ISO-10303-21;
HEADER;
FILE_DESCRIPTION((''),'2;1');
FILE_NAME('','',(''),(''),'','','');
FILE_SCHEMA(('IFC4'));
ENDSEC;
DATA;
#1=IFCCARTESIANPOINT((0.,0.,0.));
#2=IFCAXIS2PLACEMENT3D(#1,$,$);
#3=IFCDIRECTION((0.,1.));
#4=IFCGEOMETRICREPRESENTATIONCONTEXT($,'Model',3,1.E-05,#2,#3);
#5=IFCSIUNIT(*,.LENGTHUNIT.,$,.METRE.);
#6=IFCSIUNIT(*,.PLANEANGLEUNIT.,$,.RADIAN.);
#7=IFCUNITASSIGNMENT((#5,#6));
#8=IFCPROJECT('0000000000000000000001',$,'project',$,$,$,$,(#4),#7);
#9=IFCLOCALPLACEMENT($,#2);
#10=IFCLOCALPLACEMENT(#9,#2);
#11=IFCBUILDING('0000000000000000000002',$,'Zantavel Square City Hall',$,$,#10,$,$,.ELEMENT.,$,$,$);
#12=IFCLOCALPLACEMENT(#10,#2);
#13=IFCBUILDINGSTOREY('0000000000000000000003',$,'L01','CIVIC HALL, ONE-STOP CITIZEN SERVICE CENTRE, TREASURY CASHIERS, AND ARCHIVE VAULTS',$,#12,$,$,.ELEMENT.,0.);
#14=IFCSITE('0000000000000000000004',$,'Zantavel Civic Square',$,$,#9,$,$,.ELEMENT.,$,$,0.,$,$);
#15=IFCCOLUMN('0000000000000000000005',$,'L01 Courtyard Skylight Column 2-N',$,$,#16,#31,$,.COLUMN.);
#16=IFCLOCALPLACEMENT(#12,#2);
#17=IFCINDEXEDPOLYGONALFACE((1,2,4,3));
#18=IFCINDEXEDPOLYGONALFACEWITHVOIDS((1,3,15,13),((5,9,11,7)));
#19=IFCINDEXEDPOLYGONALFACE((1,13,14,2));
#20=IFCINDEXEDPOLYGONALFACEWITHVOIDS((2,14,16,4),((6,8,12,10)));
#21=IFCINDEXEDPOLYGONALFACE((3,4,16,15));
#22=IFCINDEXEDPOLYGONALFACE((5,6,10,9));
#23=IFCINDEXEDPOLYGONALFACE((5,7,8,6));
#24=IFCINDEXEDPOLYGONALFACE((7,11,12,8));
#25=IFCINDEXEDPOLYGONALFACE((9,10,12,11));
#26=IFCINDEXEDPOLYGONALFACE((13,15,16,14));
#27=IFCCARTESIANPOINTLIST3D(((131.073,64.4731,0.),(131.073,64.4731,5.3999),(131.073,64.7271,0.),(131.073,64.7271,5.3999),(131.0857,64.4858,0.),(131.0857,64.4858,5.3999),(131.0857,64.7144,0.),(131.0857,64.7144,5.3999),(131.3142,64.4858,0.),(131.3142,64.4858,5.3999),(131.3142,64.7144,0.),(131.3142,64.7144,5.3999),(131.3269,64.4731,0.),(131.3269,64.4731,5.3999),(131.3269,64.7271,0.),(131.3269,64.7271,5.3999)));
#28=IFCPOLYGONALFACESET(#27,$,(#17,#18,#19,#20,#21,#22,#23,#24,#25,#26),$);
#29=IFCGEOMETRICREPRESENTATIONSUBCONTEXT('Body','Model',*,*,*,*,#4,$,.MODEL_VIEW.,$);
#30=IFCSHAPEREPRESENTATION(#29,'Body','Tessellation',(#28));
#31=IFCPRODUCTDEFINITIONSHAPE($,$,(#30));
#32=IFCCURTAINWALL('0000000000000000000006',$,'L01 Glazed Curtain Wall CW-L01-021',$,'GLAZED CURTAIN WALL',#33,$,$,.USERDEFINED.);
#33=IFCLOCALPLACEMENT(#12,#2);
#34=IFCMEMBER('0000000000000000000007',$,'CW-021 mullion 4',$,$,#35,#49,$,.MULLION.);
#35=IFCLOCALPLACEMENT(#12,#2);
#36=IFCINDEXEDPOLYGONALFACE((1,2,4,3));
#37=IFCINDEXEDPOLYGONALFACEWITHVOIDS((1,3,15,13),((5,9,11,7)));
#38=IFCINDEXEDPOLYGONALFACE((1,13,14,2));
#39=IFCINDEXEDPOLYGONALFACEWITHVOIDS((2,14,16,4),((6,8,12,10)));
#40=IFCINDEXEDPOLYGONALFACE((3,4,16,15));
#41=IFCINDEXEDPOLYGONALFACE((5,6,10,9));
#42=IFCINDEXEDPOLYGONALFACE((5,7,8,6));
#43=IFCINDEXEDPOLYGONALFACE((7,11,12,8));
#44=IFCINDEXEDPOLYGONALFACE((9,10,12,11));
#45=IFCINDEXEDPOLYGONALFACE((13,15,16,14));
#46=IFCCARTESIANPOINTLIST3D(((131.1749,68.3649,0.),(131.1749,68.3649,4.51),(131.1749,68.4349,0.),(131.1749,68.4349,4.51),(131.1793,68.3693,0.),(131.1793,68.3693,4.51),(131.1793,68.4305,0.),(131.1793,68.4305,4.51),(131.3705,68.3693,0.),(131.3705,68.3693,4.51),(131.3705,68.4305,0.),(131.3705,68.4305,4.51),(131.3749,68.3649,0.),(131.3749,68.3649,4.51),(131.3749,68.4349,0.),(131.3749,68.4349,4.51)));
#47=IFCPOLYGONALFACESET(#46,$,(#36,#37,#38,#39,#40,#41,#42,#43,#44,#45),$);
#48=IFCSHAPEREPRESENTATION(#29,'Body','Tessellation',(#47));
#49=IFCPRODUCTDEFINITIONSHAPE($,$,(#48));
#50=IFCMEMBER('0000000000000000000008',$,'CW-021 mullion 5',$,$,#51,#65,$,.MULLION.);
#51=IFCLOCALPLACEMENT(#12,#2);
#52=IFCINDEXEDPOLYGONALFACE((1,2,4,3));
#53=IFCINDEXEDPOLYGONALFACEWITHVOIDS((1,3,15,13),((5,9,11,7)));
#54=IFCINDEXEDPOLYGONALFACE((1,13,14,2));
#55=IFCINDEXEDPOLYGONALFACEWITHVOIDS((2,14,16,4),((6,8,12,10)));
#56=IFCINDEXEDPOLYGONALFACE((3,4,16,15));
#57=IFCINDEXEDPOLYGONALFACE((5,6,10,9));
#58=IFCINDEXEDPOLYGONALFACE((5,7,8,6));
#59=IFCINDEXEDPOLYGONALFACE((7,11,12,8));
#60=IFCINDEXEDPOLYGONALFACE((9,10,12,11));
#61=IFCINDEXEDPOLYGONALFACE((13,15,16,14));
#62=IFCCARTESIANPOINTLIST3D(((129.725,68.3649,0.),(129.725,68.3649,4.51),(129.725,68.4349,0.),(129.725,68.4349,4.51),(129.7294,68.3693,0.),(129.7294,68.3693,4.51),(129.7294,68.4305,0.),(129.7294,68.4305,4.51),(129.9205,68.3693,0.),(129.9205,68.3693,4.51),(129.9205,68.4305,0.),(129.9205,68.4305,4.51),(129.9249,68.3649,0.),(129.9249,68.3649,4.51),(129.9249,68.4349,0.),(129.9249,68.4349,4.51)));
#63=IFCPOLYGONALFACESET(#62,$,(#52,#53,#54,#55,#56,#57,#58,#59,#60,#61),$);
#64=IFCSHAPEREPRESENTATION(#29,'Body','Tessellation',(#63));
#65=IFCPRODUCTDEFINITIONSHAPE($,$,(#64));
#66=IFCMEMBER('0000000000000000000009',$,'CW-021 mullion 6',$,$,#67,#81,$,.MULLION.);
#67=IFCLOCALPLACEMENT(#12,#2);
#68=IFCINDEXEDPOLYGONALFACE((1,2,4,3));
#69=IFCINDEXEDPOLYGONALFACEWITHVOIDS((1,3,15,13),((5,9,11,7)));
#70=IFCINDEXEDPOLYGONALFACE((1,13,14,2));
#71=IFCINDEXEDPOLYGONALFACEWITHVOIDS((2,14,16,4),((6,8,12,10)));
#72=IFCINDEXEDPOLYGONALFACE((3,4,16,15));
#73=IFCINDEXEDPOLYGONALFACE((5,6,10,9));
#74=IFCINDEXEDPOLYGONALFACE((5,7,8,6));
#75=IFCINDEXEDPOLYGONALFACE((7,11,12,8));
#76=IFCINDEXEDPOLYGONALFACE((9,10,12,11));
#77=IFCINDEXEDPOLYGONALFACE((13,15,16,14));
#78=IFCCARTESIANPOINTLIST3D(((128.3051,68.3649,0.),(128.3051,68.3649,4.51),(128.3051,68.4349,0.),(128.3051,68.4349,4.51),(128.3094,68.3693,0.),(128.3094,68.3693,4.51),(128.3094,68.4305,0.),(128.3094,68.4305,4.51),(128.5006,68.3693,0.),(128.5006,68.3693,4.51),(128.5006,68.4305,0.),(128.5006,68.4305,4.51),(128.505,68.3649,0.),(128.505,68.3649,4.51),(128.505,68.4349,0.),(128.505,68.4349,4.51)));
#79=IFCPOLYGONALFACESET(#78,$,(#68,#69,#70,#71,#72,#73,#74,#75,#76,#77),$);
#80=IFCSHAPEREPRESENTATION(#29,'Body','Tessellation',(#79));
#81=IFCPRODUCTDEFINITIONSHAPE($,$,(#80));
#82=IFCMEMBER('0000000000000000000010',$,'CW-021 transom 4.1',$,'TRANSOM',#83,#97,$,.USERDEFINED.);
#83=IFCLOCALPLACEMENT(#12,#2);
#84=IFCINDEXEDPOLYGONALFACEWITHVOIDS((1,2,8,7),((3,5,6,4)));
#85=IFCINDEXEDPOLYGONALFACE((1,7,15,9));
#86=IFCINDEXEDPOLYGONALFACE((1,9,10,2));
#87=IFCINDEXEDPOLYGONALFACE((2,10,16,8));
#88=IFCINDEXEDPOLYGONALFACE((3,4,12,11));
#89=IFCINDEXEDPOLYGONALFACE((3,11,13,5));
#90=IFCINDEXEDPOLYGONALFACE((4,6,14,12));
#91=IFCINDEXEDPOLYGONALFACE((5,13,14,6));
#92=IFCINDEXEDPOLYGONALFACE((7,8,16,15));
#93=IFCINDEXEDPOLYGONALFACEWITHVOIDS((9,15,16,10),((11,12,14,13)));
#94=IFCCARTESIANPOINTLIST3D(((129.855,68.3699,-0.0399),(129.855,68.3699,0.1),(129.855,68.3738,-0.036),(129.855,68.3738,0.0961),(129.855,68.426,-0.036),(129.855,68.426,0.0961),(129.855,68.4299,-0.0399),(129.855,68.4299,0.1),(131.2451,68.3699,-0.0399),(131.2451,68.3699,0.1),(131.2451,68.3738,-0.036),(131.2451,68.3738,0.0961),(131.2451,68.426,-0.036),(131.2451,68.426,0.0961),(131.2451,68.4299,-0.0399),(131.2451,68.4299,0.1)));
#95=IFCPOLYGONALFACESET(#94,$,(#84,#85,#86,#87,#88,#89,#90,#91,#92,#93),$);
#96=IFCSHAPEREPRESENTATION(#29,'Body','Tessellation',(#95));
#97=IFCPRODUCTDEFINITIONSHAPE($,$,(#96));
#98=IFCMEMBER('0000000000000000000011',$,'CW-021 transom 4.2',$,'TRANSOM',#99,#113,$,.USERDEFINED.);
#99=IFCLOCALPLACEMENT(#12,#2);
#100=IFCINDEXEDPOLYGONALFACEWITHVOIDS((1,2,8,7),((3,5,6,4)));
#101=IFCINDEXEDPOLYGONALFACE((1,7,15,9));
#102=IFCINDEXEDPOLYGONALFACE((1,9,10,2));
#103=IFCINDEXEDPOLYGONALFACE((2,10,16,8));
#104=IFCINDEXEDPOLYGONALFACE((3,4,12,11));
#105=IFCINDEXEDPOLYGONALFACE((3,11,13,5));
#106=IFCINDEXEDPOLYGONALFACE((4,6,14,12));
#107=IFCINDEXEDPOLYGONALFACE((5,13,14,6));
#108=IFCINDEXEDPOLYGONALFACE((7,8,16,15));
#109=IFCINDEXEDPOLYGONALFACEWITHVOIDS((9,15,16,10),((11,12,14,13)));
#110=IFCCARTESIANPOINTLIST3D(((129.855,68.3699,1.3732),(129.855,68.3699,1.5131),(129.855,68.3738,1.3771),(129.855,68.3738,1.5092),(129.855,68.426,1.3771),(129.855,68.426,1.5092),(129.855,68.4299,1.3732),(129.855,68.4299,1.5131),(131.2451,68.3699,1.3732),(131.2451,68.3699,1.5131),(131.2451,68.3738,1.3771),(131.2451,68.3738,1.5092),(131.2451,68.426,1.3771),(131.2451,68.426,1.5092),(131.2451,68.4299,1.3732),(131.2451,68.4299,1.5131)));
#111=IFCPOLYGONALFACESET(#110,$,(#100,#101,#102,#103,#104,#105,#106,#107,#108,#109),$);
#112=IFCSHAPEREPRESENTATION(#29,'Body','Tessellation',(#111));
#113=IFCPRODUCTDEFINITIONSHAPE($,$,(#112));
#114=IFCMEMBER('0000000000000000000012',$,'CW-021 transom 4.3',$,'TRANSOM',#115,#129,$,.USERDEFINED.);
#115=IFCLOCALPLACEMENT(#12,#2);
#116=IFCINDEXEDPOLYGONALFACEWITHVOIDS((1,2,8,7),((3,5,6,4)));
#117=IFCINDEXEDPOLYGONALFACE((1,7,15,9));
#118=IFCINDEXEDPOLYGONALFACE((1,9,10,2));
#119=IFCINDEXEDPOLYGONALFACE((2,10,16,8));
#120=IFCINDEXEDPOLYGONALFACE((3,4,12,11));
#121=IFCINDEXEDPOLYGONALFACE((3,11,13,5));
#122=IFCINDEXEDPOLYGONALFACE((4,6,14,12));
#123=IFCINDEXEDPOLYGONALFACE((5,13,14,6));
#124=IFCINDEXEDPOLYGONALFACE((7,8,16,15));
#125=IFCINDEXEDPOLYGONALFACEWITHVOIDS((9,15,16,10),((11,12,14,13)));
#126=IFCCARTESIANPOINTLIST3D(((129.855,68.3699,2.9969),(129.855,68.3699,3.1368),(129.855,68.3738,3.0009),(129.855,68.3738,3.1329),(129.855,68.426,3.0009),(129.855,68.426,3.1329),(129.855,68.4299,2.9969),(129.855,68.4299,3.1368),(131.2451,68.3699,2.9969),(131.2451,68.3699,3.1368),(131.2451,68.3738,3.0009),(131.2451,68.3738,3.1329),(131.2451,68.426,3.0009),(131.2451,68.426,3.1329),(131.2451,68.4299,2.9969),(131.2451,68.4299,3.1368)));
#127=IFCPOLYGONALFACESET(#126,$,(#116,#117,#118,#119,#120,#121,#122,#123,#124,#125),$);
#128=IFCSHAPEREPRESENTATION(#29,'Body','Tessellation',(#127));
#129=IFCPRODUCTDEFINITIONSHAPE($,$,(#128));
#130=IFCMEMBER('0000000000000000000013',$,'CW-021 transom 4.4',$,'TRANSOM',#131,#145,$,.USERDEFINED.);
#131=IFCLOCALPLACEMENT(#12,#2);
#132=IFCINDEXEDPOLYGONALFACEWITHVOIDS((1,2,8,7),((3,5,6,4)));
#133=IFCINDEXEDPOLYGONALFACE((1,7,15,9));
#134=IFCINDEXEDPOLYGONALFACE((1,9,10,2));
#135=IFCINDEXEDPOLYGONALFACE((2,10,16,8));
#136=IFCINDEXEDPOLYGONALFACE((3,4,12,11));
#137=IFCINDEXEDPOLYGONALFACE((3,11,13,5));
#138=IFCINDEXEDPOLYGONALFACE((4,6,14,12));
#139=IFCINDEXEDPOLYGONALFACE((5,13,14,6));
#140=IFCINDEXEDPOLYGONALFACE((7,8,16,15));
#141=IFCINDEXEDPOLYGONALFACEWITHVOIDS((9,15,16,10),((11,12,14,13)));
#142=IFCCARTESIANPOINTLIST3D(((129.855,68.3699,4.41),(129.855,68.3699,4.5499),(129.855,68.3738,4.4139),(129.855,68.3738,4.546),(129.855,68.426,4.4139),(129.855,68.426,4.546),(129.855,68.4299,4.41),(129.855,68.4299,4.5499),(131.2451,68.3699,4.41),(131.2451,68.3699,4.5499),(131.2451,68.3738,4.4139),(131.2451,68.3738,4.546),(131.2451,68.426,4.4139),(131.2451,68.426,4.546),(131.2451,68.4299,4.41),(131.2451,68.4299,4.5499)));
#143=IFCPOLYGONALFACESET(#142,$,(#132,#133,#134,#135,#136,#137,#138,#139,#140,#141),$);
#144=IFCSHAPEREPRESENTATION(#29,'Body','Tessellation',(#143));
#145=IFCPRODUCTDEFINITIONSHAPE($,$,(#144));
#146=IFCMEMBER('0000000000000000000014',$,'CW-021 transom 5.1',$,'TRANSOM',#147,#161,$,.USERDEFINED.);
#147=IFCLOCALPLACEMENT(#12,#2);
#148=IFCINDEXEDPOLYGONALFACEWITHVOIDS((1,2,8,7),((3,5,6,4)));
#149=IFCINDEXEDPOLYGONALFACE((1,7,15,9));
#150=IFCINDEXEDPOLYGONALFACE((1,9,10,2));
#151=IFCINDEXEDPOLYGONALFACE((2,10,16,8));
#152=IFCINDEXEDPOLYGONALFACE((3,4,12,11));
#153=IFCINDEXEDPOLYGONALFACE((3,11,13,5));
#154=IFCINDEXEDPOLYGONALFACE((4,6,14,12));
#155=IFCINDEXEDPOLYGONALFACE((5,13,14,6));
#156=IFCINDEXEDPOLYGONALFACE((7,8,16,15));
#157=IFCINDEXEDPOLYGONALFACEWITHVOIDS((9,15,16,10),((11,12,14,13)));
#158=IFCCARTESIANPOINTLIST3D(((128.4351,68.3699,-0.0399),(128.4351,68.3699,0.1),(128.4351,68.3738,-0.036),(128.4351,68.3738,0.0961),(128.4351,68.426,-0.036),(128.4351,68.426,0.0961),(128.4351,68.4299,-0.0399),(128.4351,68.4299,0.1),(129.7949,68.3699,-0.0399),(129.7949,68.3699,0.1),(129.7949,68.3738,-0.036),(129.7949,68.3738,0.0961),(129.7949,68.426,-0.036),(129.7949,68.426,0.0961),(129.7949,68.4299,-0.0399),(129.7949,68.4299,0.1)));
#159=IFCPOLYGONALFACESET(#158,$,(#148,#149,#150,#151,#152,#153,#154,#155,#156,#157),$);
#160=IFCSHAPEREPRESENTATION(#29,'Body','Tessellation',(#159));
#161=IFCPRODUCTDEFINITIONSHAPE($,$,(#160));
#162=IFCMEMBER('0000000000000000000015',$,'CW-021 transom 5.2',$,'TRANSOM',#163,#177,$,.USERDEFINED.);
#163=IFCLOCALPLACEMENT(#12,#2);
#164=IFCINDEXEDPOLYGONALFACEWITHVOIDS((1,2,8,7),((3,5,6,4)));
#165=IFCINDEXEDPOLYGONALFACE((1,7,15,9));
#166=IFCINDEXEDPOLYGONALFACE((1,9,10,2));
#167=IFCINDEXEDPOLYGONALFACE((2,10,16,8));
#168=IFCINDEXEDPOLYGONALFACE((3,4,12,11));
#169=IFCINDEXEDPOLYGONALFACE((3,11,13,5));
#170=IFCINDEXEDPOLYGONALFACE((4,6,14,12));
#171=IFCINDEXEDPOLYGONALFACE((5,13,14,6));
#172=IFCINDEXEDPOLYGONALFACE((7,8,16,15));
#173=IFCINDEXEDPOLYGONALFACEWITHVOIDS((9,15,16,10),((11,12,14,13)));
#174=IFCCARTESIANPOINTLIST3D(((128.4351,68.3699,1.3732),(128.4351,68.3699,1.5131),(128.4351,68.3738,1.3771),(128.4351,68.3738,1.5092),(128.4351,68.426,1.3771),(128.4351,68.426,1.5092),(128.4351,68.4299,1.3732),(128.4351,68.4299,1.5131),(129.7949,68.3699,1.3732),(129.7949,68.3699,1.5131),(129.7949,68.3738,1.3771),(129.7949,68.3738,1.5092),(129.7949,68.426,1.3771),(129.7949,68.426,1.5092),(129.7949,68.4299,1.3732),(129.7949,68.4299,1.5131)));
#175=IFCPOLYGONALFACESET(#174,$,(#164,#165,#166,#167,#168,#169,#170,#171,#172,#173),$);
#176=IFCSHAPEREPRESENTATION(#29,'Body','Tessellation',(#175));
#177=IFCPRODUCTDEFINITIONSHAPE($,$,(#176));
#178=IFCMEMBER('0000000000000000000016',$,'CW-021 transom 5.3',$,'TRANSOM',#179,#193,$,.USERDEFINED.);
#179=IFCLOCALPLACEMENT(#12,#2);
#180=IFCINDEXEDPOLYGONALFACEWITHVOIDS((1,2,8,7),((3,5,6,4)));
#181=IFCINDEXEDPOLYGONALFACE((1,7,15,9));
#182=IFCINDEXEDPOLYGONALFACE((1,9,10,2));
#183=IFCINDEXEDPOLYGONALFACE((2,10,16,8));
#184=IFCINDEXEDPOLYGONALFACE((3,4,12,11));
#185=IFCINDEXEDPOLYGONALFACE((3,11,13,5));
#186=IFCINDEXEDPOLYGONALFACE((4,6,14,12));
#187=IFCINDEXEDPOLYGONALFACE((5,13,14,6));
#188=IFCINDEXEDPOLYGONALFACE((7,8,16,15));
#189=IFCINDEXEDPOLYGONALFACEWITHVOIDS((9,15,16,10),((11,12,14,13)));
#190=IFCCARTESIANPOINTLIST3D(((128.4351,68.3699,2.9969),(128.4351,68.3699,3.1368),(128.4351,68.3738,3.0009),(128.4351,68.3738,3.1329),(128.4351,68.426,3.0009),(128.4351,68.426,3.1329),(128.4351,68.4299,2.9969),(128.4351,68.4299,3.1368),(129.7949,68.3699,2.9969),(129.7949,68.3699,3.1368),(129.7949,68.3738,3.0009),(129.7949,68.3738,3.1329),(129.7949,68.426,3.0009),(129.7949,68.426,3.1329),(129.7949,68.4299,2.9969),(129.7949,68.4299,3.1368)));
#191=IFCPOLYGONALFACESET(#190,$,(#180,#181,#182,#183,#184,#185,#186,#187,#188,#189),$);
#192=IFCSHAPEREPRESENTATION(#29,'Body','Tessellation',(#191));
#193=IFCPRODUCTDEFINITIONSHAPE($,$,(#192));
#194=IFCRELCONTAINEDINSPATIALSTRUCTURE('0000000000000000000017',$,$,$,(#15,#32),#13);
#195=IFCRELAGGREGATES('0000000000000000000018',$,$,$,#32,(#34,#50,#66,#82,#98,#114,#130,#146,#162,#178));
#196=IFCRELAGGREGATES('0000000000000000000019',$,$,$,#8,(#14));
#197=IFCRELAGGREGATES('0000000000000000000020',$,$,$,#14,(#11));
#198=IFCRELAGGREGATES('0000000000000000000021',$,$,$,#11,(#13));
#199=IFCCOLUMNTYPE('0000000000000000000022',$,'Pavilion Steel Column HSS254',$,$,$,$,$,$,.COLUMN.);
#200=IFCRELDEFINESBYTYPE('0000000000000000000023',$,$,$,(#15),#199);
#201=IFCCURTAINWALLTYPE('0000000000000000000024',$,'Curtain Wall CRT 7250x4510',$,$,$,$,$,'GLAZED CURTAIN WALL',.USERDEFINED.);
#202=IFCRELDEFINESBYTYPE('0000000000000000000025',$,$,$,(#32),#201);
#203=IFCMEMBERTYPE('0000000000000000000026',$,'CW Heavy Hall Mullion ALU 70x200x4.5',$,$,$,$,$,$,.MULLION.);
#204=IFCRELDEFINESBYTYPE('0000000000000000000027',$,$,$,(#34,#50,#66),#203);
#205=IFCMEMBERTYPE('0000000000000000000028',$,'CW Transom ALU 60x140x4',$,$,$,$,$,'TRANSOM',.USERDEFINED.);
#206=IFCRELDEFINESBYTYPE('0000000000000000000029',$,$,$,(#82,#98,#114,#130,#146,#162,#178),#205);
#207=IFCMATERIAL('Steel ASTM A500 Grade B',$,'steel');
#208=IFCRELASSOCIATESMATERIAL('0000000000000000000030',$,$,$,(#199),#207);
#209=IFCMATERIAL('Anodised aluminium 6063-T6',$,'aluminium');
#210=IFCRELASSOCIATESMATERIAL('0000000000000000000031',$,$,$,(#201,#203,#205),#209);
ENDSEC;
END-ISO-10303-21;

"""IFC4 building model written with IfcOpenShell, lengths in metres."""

from ifc_helpers import new_model, si_unit, direction, frame, origin, origin_2d, place, context, subcontext, project, spatial, hollow_rectangle, extrude, material, material_profile, profile_set, type_object, element, aggregate, save


model = new_model("IFC4")

# Units and contexts
model_context = context("Model", 3, precision=1e-05, world=origin(), true_north=direction((0.0, 1.0)))
body_context = subcontext(model_context, "Body", "Model", "MODEL_VIEW")
ifc_project = project(units=[si_unit("LENGTHUNIT", "METRE"), si_unit("PLANEANGLEUNIT", "RADIAN")], contexts=[model_context])

# Site, building, storey
site_placement = place(None, origin())
site = spatial("IfcSite", under=ifc_project, at=site_placement, Name="Zantavel Civic Square", CompositionType="ELEMENT", RefElevation=0.0)
building_placement = place(site_placement, origin())
building = spatial("IfcBuilding", under=site, at=building_placement, Name="Zantavel Square City Hall", CompositionType="ELEMENT")
storey_placement = place(building_placement, origin())
storey = spatial("IfcBuildingStorey", under=building, at=storey_placement, Name="L01", Description="CIVIC HALL, ONE-STOP CITIZEN SERVICE CENTRE, TREASURY CASHIERS, AND ARCHIVE VAULTS", CompositionType="ELEMENT", Elevation=0.0)

# Column
ifc_material_1 = material(Name="Steel ASTM A500 Grade B", Category="steel")
ifc_material_profile_1 = material_profile(ifc_material_1, hollow_rectangle(XDim=0.2539, YDim=0.2539, WallThickness=0.0127, at=origin_2d()), Name="HSS 254x254x12.7")
ifc_profile_set_1 = profile_set([ifc_material_profile_1], Name="Steel ASTM A500 Grade B")
column_type = type_object("IfcColumnType", Name="Pavilion Steel Column HSS254", PredefinedType="COLUMN", material=ifc_profile_set_1)
column_placement = place(storey_placement, frame((131.2, 64.6001, 0.0), z_axis=(0.0, 0.0, 1.0), x_axis=(1.0, 0.0, 0.0)))
element("IfcColumn", 1, at=column_placement, inside=storey, type_object=column_type, Name="L01 Courtyard Skylight Column 2-N", PredefinedType="COLUMN", context=body_context, shape_type="SweptSolid", body=[
    extrude(hollow_rectangle(XDim=0.2539, YDim=0.2539, WallThickness=0.0127, at=origin_2d()), origin(), (0.0, 0.0, 1.0), 5.3999),
])

# Curtain wall, members
ifc_material_2 = material(Name="Anodised aluminium 6063-T6", Category="aluminium")
curtain_wall_type = type_object("IfcCurtainWallType", Name="Curtain Wall CRT 7250x4510", ElementType="GLAZED CURTAIN WALL", PredefinedType="USERDEFINED", material=ifc_material_2)
curtain_wall_placement = place(storey_placement, origin())
curtain_wall = element("IfcCurtainWall", 2, at=curtain_wall_placement, inside=storey, type_object=curtain_wall_type, Name="L01 Glazed Curtain Wall CW-L01-021", ObjectType="GLAZED CURTAIN WALL", PredefinedType="USERDEFINED")
ifc_material_profile_2 = material_profile(ifc_material_2, hollow_rectangle(XDim=0.0701, YDim=0.2, WallThickness=0.0044, at=origin_2d()), Name="ALU 70x200x4.5")
ifc_profile_set_2 = profile_set([ifc_material_profile_2], Name="Anodised aluminium 6063-T6")
member_type_1 = type_object("IfcMemberType", Name="CW Heavy Hall Mullion ALU 70x200x4.5", PredefinedType="MULLION", material=ifc_profile_set_2)
member_1_placement = place(storey_placement, frame((131.2749, 68.3999, 0.0), z_axis=(0.0, 0.0, 1.0), x_axis=(0.0, -1.0, 0.0)))
member_1 = element("IfcMember", 3, at=member_1_placement, type_object=member_type_1, Name="CW-021 mullion 4", PredefinedType="MULLION", context=body_context, shape_type="SweptSolid", body=[
    extrude(hollow_rectangle(XDim=0.0701, YDim=0.2, WallThickness=0.0044, at=origin_2d()), origin(), (0.0, 0.0, 1.0), 4.51),
])
member_2_placement = place(storey_placement, frame((129.825, 68.3999, 0.0), z_axis=(0.0, 0.0, 1.0), x_axis=(0.0, -1.0, 0.0)))
member_2 = element("IfcMember", 4, at=member_2_placement, type_object=member_type_1, Name="CW-021 mullion 5", PredefinedType="MULLION", context=body_context, shape_type="SweptSolid", body=[
    extrude(hollow_rectangle(XDim=0.0701, YDim=0.2, WallThickness=0.0044, at=origin_2d()), origin(), (0.0, 0.0, 1.0), 4.51),
])
member_3_placement = place(storey_placement, frame((128.405, 68.3999, 0.0), z_axis=(0.0, 0.0, 1.0), x_axis=(0.0, -1.0, 0.0)))
member_3 = element("IfcMember", 5, at=member_3_placement, type_object=member_type_1, Name="CW-021 mullion 6", PredefinedType="MULLION", context=body_context, shape_type="SweptSolid", body=[
    extrude(hollow_rectangle(XDim=0.0701, YDim=0.2, WallThickness=0.0044, at=origin_2d()), origin(), (0.0, 0.0, 1.0), 4.51),
])
ifc_material_profile_3 = material_profile(ifc_material_2, hollow_rectangle(XDim=0.0601, YDim=0.1399, WallThickness=0.0039, at=origin_2d()), Name="ALU 60x140x4")
ifc_profile_set_3 = profile_set([ifc_material_profile_3], Name="Anodised aluminium 6063-T6")
member_type_2 = type_object("IfcMemberType", Name="CW Transom ALU 60x140x4", ElementType="TRANSOM", PredefinedType="USERDEFINED", material=ifc_profile_set_3)
member_4_placement = place(storey_placement, frame((131.2451, 68.3999, 0.03), z_axis=(-1.0, 0.0, 0.0), x_axis=(0.0, -1.0, 0.0)))
member_4 = element("IfcMember", 6, at=member_4_placement, type_object=member_type_2, Name="CW-021 transom 4.1", ObjectType="TRANSOM", PredefinedType="USERDEFINED", context=body_context, shape_type="SweptSolid", body=[
    extrude(hollow_rectangle(XDim=0.0601, YDim=0.1399, WallThickness=0.0039, at=origin_2d()), origin(), (0.0, 0.0, 1.0), 1.3901),
])
member_5_placement = place(storey_placement, frame((131.2451, 68.3999, 1.4431), z_axis=(-1.0, 0.0, 0.0), x_axis=(0.0, -1.0, 0.0)))
member_5 = element("IfcMember", 7, at=member_5_placement, type_object=member_type_2, Name="CW-021 transom 4.2", ObjectType="TRANSOM", PredefinedType="USERDEFINED", context=body_context, shape_type="SweptSolid", body=[
    extrude(hollow_rectangle(XDim=0.0601, YDim=0.1399, WallThickness=0.0039, at=origin_2d()), origin(), (0.0, 0.0, 1.0), 1.3901),
])
member_6_placement = place(storey_placement, frame((131.2451, 68.3999, 3.0669), z_axis=(-1.0, 0.0, 0.0), x_axis=(0.0, -1.0, 0.0)))
member_6 = element("IfcMember", 8, at=member_6_placement, type_object=member_type_2, Name="CW-021 transom 4.3", ObjectType="TRANSOM", PredefinedType="USERDEFINED", context=body_context, shape_type="SweptSolid", body=[
    extrude(hollow_rectangle(XDim=0.0601, YDim=0.1399, WallThickness=0.0039, at=origin_2d()), origin(), (0.0, 0.0, 1.0), 1.3901),
])
member_7_placement = place(storey_placement, frame((131.2451, 68.3999, 4.48), z_axis=(-1.0, 0.0, 0.0), x_axis=(0.0, -1.0, 0.0)))
member_7 = element("IfcMember", 9, at=member_7_placement, type_object=member_type_2, Name="CW-021 transom 4.4", ObjectType="TRANSOM", PredefinedType="USERDEFINED", context=body_context, shape_type="SweptSolid", body=[
    extrude(hollow_rectangle(XDim=0.0601, YDim=0.1399, WallThickness=0.0039, at=origin_2d()), origin(), (0.0, 0.0, 1.0), 1.3901),
])
member_8_placement = place(storey_placement, frame((129.7949, 68.3999, 0.03), z_axis=(-1.0, 0.0, 0.0), x_axis=(0.0, -1.0, 0.0)))
member_8 = element("IfcMember", 10, at=member_8_placement, type_object=member_type_2, Name="CW-021 transom 5.1", ObjectType="TRANSOM", PredefinedType="USERDEFINED", context=body_context, shape_type="SweptSolid", body=[
    extrude(hollow_rectangle(XDim=0.0601, YDim=0.1399, WallThickness=0.0039, at=origin_2d()), origin(), (0.0, 0.0, 1.0), 1.3599),
])
member_9_placement = place(storey_placement, frame((129.7949, 68.3999, 1.4431), z_axis=(-1.0, 0.0, 0.0), x_axis=(0.0, -1.0, 0.0)))
member_9 = element("IfcMember", 11, at=member_9_placement, type_object=member_type_2, Name="CW-021 transom 5.2", ObjectType="TRANSOM", PredefinedType="USERDEFINED", context=body_context, shape_type="SweptSolid", body=[
    extrude(hollow_rectangle(XDim=0.0601, YDim=0.1399, WallThickness=0.0039, at=origin_2d()), origin(), (0.0, 0.0, 1.0), 1.3599),
])
member_10_placement = place(storey_placement, frame((129.7949, 68.3999, 3.0669), z_axis=(-1.0, 0.0, 0.0), x_axis=(0.0, -1.0, 0.0)))
member_10 = element("IfcMember", 12, at=member_10_placement, type_object=member_type_2, Name="CW-021 transom 5.3", ObjectType="TRANSOM", PredefinedType="USERDEFINED", context=body_context, shape_type="SweptSolid", body=[
    extrude(hollow_rectangle(XDim=0.0601, YDim=0.1399, WallThickness=0.0039, at=origin_2d()), origin(), (0.0, 0.0, 1.0), 1.3599),
])

aggregate(curtain_wall, [member_1, member_2, member_3, member_4, member_5, member_6, member_7, member_8, member_9, member_10])

save(model, "model.ifc")
